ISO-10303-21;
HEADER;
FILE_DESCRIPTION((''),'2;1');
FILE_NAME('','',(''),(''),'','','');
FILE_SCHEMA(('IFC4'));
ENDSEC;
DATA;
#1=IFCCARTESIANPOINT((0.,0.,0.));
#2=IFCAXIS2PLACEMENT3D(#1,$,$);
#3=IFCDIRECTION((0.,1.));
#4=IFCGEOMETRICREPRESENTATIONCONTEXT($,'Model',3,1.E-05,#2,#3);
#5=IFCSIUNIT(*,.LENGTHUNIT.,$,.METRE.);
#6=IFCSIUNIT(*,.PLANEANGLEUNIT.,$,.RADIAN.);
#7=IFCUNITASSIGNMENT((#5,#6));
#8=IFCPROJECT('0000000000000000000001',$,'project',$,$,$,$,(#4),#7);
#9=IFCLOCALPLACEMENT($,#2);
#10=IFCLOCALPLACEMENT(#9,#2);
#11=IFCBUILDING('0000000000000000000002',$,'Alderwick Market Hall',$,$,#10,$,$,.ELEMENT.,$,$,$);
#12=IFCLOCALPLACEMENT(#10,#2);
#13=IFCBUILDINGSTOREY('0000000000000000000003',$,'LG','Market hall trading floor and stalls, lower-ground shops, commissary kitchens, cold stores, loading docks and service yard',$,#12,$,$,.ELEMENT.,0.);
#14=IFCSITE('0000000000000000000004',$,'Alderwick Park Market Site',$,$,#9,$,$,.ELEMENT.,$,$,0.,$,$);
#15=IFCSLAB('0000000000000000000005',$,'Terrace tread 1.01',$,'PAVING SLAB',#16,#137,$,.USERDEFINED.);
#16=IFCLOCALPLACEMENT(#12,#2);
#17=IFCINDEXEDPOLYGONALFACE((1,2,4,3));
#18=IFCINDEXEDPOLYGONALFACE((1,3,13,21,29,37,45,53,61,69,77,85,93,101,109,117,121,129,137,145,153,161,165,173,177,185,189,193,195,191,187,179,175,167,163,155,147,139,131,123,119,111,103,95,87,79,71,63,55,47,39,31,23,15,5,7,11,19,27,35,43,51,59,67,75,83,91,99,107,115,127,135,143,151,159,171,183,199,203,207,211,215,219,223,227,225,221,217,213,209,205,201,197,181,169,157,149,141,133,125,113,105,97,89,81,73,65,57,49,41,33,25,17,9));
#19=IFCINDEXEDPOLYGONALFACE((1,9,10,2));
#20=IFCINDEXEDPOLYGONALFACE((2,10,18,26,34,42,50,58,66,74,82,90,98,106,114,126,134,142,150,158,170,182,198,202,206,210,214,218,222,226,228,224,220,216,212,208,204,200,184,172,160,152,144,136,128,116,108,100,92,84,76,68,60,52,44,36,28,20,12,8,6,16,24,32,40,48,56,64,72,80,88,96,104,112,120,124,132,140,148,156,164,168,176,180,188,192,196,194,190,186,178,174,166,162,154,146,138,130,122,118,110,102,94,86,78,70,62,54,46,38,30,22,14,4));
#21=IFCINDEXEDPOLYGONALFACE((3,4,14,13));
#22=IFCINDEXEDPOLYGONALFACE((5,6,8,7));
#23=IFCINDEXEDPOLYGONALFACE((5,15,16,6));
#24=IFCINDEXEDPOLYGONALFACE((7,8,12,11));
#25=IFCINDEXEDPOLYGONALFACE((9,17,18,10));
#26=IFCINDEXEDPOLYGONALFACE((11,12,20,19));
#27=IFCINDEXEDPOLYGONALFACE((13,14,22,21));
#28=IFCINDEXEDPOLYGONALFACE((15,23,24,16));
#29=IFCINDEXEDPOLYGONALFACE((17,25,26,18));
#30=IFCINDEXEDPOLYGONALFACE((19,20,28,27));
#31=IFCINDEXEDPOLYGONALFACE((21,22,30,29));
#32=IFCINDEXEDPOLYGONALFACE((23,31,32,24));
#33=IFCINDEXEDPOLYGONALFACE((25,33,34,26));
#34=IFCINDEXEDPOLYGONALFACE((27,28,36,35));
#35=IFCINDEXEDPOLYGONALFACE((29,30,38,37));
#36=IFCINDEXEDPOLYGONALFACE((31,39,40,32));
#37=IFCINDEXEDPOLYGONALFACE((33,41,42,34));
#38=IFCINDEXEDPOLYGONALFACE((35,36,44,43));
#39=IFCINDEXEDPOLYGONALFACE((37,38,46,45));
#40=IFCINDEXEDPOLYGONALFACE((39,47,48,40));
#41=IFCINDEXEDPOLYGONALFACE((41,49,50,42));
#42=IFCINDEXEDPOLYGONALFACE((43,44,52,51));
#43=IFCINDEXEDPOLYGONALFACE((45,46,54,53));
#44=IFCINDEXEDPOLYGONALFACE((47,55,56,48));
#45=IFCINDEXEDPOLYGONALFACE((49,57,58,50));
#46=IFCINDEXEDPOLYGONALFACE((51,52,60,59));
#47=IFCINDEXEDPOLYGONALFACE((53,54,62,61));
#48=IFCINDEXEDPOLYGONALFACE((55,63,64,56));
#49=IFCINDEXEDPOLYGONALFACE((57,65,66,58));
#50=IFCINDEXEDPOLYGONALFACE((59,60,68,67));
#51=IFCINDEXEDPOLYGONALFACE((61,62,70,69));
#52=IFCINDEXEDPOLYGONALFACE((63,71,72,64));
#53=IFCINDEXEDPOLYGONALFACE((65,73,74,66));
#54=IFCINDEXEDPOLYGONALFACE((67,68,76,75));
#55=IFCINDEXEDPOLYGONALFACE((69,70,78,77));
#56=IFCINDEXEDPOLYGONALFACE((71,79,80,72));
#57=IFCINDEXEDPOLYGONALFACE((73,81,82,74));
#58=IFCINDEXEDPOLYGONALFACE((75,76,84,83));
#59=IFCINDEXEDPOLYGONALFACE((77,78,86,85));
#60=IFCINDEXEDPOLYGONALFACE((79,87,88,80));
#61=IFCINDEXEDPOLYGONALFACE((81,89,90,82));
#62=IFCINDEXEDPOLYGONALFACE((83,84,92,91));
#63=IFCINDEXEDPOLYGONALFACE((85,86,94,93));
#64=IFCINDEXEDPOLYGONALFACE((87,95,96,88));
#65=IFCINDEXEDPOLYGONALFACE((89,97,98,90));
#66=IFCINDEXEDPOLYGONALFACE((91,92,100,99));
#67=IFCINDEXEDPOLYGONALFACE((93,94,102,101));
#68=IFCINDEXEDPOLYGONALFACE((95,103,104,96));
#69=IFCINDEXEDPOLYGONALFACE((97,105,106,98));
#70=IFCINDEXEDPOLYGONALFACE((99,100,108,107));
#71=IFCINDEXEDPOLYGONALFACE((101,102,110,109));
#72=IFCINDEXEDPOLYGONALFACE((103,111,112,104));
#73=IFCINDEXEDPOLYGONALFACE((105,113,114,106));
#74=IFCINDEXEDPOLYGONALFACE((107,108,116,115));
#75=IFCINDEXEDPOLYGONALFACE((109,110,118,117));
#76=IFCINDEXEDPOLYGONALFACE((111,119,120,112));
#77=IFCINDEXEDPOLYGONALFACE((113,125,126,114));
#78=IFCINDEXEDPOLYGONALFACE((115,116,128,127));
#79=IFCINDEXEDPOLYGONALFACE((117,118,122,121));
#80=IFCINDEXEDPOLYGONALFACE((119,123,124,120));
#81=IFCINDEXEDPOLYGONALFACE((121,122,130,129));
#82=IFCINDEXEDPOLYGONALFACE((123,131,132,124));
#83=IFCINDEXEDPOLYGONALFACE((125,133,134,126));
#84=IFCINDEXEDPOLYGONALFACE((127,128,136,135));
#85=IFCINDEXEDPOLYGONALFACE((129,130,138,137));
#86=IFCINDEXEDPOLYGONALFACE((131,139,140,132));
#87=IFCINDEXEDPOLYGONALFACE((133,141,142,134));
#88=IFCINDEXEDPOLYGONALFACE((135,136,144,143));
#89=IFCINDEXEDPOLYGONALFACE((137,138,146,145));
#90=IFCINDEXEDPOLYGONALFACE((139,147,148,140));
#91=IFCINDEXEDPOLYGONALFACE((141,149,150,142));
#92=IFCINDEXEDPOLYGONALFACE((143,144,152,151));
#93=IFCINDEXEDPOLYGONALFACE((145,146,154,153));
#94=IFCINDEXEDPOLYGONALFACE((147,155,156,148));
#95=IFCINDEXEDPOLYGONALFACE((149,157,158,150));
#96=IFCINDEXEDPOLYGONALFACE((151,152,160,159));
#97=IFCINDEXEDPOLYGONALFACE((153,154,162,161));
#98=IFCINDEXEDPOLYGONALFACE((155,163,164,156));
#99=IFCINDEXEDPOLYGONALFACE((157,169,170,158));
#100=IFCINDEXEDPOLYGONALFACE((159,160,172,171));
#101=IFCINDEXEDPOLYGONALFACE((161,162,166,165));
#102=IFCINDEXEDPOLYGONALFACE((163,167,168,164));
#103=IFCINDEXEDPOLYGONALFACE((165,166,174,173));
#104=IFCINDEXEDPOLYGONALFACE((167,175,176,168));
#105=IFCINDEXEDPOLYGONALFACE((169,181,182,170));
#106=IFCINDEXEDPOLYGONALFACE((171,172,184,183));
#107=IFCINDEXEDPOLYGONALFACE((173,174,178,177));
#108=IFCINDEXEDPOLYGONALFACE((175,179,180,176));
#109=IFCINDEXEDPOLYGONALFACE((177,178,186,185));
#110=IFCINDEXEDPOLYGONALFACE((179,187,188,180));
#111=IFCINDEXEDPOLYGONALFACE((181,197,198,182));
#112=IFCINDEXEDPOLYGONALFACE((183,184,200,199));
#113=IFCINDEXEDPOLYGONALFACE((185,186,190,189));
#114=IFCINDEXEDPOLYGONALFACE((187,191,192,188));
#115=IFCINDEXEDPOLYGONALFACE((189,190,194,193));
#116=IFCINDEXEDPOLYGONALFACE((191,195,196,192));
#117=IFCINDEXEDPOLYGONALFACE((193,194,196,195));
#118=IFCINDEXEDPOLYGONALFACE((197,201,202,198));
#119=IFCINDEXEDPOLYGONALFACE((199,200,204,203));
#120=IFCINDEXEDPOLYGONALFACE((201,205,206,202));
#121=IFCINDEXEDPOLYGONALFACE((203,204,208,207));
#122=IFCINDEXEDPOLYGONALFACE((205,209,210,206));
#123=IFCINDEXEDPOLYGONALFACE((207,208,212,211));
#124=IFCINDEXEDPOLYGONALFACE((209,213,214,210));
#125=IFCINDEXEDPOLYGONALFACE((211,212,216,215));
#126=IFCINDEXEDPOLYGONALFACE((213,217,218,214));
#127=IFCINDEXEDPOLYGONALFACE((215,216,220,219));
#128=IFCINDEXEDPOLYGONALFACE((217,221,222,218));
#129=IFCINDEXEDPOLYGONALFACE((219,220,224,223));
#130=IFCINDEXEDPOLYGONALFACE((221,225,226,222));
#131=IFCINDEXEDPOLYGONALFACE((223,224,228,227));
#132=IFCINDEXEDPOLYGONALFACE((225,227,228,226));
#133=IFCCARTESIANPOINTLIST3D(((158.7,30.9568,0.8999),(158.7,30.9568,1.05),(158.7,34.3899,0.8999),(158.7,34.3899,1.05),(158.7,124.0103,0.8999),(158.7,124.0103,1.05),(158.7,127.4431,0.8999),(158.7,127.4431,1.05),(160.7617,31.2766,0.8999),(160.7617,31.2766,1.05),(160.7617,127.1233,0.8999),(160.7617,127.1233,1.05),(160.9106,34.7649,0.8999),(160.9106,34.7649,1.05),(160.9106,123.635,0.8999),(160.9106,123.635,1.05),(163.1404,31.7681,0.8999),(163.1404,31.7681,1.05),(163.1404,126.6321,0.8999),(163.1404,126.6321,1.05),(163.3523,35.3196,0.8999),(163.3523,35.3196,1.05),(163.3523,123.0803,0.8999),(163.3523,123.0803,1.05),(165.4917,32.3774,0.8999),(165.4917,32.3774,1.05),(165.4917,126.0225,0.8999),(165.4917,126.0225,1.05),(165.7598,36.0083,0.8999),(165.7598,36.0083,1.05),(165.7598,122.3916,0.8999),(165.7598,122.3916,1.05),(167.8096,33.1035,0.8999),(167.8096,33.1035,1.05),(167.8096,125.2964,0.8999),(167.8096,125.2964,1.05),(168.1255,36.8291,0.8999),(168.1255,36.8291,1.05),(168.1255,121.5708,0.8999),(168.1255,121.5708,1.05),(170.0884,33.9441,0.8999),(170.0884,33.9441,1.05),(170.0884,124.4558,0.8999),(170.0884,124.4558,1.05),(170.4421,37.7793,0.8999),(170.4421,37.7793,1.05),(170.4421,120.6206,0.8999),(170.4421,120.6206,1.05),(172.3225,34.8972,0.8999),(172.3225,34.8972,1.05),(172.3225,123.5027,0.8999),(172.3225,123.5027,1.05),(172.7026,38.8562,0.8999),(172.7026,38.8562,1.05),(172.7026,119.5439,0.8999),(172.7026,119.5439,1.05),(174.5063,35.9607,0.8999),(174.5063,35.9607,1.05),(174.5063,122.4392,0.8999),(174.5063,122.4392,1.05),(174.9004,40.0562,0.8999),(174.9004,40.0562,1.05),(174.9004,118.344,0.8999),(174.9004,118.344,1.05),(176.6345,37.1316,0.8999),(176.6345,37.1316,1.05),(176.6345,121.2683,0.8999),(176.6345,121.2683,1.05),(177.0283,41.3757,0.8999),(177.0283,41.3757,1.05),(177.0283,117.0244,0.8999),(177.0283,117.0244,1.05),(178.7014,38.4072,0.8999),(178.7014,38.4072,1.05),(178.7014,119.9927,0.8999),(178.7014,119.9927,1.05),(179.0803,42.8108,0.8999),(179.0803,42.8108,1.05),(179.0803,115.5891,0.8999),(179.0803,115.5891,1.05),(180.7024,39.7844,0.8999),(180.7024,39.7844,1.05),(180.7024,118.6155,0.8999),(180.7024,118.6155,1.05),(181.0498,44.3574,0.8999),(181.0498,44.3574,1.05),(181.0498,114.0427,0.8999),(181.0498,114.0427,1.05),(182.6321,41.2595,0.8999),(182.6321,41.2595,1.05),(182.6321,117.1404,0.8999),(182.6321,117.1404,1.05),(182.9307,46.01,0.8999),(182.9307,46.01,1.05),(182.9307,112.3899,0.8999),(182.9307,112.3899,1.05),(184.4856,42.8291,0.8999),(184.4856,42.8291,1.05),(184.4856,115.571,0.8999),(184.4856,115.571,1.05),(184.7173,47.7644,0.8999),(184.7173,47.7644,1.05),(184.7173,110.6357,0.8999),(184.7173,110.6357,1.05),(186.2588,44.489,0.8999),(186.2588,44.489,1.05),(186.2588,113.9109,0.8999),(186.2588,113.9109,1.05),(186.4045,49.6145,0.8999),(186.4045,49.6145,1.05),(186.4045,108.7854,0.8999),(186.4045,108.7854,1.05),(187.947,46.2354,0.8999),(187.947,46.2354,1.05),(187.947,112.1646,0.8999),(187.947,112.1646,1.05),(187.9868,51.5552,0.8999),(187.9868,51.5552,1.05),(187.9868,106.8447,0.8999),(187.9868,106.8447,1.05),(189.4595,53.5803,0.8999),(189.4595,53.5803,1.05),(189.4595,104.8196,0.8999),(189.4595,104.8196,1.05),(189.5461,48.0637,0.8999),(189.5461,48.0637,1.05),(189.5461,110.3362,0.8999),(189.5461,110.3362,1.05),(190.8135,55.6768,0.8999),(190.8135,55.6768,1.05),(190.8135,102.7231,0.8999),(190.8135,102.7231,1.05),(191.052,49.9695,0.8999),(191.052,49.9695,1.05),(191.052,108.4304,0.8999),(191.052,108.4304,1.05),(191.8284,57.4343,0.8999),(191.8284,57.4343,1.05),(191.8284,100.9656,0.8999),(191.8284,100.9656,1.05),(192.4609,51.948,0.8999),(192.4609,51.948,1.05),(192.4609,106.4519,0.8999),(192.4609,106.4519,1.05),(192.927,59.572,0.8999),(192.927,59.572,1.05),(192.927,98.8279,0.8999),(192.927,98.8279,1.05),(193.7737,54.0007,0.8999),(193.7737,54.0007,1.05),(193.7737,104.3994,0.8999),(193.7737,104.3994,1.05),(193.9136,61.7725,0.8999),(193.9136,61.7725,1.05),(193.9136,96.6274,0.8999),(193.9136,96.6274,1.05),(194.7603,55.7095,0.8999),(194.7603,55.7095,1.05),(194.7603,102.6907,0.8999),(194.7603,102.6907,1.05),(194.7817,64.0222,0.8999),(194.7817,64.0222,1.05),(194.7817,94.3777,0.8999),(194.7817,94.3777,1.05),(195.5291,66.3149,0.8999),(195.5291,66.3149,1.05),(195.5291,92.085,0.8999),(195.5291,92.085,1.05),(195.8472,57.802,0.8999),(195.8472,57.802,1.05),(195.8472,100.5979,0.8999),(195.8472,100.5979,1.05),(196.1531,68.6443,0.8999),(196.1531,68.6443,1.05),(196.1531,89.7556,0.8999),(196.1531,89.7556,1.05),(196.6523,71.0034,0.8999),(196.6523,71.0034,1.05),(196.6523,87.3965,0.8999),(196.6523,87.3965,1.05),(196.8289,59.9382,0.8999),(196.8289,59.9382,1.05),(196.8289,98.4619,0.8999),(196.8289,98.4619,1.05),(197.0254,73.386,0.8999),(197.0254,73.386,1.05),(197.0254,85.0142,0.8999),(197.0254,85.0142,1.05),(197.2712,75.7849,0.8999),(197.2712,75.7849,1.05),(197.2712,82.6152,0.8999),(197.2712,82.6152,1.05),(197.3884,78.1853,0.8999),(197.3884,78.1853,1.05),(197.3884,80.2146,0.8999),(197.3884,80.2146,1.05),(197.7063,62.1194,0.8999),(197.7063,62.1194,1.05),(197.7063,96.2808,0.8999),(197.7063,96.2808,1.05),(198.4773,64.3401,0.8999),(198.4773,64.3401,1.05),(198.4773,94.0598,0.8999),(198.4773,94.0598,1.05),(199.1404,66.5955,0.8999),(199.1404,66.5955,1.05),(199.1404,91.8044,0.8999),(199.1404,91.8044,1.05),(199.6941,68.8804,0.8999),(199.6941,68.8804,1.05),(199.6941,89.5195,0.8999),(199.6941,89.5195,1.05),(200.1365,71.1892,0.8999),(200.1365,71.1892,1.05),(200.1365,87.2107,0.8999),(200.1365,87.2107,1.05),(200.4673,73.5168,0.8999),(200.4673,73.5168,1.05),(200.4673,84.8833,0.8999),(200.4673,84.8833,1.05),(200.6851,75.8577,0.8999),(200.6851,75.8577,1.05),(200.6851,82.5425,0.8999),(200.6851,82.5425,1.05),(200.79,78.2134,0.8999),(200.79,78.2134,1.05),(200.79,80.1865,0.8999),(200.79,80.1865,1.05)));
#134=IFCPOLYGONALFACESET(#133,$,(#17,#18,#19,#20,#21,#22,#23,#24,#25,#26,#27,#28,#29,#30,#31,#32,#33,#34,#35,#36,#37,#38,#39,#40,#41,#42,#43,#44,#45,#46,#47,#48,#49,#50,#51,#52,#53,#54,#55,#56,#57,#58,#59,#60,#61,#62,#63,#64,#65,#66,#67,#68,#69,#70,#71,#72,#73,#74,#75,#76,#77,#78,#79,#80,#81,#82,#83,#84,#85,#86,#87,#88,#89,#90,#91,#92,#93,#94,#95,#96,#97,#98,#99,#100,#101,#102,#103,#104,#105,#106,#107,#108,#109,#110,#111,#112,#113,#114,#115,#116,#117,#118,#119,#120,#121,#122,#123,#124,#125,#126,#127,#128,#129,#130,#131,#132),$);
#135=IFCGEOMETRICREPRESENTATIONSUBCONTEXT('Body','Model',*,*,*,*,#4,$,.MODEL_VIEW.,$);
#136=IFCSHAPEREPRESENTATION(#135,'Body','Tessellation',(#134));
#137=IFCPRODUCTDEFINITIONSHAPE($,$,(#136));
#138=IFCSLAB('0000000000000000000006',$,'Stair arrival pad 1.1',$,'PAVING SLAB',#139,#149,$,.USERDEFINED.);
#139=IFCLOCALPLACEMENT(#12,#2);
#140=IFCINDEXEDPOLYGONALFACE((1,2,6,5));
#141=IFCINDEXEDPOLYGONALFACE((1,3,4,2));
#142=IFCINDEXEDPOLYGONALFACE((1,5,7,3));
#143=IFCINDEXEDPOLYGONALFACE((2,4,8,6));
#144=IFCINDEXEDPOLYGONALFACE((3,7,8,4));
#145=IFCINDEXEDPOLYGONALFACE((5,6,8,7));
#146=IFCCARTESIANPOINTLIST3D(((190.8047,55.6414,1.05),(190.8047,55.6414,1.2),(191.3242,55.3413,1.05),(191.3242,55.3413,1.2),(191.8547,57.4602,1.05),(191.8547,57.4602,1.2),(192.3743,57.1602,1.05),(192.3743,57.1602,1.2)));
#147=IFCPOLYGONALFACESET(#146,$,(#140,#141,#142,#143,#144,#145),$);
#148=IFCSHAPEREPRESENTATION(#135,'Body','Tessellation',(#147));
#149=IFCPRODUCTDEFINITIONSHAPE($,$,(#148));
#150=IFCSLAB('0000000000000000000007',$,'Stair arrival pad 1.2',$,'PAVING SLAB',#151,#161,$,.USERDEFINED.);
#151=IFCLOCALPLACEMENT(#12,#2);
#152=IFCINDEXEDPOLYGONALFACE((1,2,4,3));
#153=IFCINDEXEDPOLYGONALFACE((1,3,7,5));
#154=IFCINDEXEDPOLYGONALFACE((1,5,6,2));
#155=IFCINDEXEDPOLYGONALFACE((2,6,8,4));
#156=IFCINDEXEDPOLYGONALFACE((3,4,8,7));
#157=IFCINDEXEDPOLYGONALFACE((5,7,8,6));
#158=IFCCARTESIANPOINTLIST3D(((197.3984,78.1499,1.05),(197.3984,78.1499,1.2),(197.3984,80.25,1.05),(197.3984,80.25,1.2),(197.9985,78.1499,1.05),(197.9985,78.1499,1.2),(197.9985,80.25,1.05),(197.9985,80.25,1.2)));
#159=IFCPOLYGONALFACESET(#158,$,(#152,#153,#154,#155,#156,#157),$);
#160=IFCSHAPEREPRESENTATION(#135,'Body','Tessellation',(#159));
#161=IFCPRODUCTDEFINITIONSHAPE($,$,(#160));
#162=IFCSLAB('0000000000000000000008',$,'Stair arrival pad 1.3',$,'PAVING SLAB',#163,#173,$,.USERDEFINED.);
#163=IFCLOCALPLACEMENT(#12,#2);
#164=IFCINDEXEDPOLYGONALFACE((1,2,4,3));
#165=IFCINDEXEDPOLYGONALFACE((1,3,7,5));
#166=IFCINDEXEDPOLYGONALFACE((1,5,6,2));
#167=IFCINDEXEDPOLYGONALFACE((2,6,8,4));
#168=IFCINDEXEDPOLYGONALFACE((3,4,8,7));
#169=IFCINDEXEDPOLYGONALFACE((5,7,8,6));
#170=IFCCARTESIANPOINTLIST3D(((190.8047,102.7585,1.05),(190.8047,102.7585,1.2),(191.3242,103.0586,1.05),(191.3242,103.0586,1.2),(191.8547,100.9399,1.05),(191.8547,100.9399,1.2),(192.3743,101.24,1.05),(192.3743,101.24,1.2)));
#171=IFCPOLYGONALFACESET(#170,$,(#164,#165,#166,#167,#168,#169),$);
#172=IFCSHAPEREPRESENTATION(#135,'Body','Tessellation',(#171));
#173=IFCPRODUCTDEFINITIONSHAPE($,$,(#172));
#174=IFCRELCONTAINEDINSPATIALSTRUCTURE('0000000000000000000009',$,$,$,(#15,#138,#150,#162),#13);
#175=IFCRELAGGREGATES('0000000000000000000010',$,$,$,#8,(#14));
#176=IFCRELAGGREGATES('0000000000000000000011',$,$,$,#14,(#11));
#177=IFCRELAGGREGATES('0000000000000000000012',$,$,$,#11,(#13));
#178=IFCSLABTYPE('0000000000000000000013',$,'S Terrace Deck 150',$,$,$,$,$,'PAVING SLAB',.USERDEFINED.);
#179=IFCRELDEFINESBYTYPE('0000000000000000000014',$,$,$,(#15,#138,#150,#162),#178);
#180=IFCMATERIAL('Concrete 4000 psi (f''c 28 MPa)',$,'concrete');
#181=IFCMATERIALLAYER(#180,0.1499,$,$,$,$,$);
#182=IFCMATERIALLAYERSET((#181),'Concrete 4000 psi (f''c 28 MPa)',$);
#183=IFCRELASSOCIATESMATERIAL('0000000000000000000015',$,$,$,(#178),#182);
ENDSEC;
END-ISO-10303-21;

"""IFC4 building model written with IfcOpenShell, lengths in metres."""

from ifc_helpers import new_model, si_unit, direction, frame, origin, place, context, subcontext, project, spatial, polyline, outline, extrude, material, layer, layer_set, type_object, element, save


model = new_model("IFC4")

# Units and contexts
model_context = context("Model", 3, precision=1e-05, world=origin(), true_north=direction((0.0, 1.0)))
body_context = subcontext(model_context, "Body", "Model", "MODEL_VIEW")
ifc_project = project(units=[si_unit("LENGTHUNIT", "METRE"), si_unit("PLANEANGLEUNIT", "RADIAN")], contexts=[model_context])

# Site, building, storey
site_placement = place(None, origin())
site = spatial("IfcSite", under=ifc_project, at=site_placement, Name="Alderwick Park Market Site", CompositionType="ELEMENT", RefElevation=0.0)
building_placement = place(site_placement, origin())
building = spatial("IfcBuilding", under=site, at=building_placement, Name="Alderwick Market Hall", CompositionType="ELEMENT")
storey_placement = place(building_placement, origin())
storey = spatial("IfcBuildingStorey", under=building, at=storey_placement, Name="LG", Description="Market hall trading floor and stalls, lower-ground shops, commissary kitchens, cold stores, loading docks and service yard", CompositionType="ELEMENT", Elevation=0.0)

# Shared definitions
ifc_material_1 = material(Name="Concrete 4000 psi (f'c 28 MPa)", Category="concrete")

# Slabs
ifc_layer_1 = layer(ifc_material_1, 0.1499)
ifc_layer_set_1 = layer_set([ifc_layer_1], Name="Concrete 4000 psi (f'c 28 MPa)")
slab_type_1 = type_object("IfcSlabType", Name="S Terrace Deck 150", ElementType="PAVING SLAB", PredefinedType="USERDEFINED", material=ifc_layer_set_1)
slab_1_placement = place(storey_placement, frame((0.0, 0.0, 0.8999)))
element("IfcSlab", 1, at=slab_1_placement, inside=storey, type_object=slab_type_1, Name="Terrace tread 1.01", ObjectType="PAVING SLAB", PredefinedType="USERDEFINED", context=body_context, shape_type="SweptSolid", body=[
    extrude(outline(polyline([(158.7, 34.3899), (158.7, 30.9568), (160.7617, 31.2766), (163.1404, 31.7681), (165.4917, 32.3774), (167.8096, 33.1035), (170.0884, 33.9441), (172.3225, 34.8972), (174.5063, 35.9607), (176.6345, 37.1316), (178.7014, 38.4072), (180.7024, 39.7844), (182.6321, 41.2595), (184.4856, 42.8291), (186.2588, 44.489), (187.947, 46.2354), (189.5461, 48.0637), (191.052, 49.9695), (192.4609, 51.948), (193.7737, 54.0007), (194.7603, 55.7095), (195.8472, 57.802), (196.8289, 59.9382), (197.7063, 62.1194), (198.4773, 64.3401), (199.1404, 66.5955), (199.6941, 68.8804), (200.1365, 71.1892), (200.4673, 73.5168), (200.6851, 75.8577), (200.79, 78.2134), (200.79, 80.1865), (200.6851, 82.5425), (200.4673, 84.8833), (200.1365, 87.2107), (199.6941, 89.5195), (199.1404, 91.8044), (198.4773, 94.0598), (197.7063, 96.2808), (196.8289, 98.4619), (195.8472, 100.5979), (194.7603, 102.6907), (193.7737, 104.3994), (192.4609, 106.4519), (191.052, 108.4304), (189.5461, 110.3362), (187.947, 112.1646), (186.2588, 113.9109), (184.4856, 115.571), (182.6321, 117.1404), (180.7024, 118.6155), (178.7014, 119.9927), (176.6345, 121.2683), (174.5063, 122.4392), (172.3225, 123.5027), (170.0884, 124.4558), (167.8096, 125.2964), (165.4917, 126.0225), (163.1404, 126.6321), (160.7617, 127.1233), (158.7, 127.4431), (158.7, 124.0103), (160.9106, 123.635), (163.3523, 123.0803), (165.7598, 122.3916), (168.1255, 121.5708), (170.4421, 120.6206), (172.7026, 119.5439), (174.9004, 118.344), (177.0283, 117.0244), (179.0803, 115.5891), (181.0498, 114.0427), (182.9307, 112.3899), (184.7173, 110.6357), (186.4045, 108.7854), (187.9868, 106.8447), (189.4595, 104.8196), (190.8135, 102.7231), (191.8284, 100.9656), (192.927, 98.8279), (193.9136, 96.6274), (194.7817, 94.3777), (195.5291, 92.085), (196.1531, 89.7556), (196.6523, 87.3965), (197.0254, 85.0142), (197.2712, 82.6152), (197.3884, 80.2146), (197.3884, 78.1853), (197.2712, 75.7849), (197.0254, 73.386), (196.6523, 71.0034), (196.1531, 68.6443), (195.5291, 66.3149), (194.7817, 64.0222), (193.9136, 61.7725), (192.927, 59.572), (191.8284, 57.4343), (190.8135, 55.6768), (189.4595, 53.5803), (187.9868, 51.5552), (186.4045, 49.6145), (184.7173, 47.7644), (182.9307, 46.01), (181.0498, 44.3574), (179.0803, 42.8108), (177.0283, 41.3757), (174.9004, 40.0562), (172.7026, 38.8562), (170.4421, 37.7793), (168.1255, 36.8291), (165.7598, 36.0083), (163.3523, 35.3196), (160.9106, 34.7649), (158.7, 34.3899)])), origin(), (0.0, 0.0, 1.0), 0.1501),
])
slab_2_placement = place(storey_placement, frame((0.0, 0.0, 1.05)))
element("IfcSlab", 2, at=slab_2_placement, inside=storey, type_object=slab_type_1, Name="Stair arrival pad 1.1", ObjectType="PAVING SLAB", PredefinedType="USERDEFINED", context=body_context, shape_type="SweptSolid", body=[
    extrude(outline(polyline([(191.8547, 57.4602), (190.8047, 55.6414), (191.3242, 55.3413), (192.3743, 57.1602), (191.8547, 57.4602)])), origin(), (0.0, 0.0, 1.0), 0.1499),
])
slab_3_placement = place(storey_placement, frame((0.0, 0.0, 1.05)))
element("IfcSlab", 3, at=slab_3_placement, inside=storey, type_object=slab_type_1, Name="Stair arrival pad 1.2", ObjectType="PAVING SLAB", PredefinedType="USERDEFINED", context=body_context, shape_type="SweptSolid", body=[
    extrude(outline(polyline([(197.3984, 80.25), (197.3984, 78.1499), (197.9985, 78.1499), (197.9985, 80.25), (197.3984, 80.25)])), origin(), (0.0, 0.0, 1.0), 0.1499),
])
slab_4_placement = place(storey_placement, frame((0.0, 0.0, 1.05)))
element("IfcSlab", 4, at=slab_4_placement, inside=storey, type_object=slab_type_1, Name="Stair arrival pad 1.3", ObjectType="PAVING SLAB", PredefinedType="USERDEFINED", context=body_context, shape_type="SweptSolid", body=[
    extrude(outline(polyline([(190.8047, 102.7585), (191.8547, 100.9399), (192.3743, 101.24), (191.3242, 103.0586), (190.8047, 102.7585)])), origin(), (0.0, 0.0, 1.0), 0.1499),
])

save(model, "model.ifc")
